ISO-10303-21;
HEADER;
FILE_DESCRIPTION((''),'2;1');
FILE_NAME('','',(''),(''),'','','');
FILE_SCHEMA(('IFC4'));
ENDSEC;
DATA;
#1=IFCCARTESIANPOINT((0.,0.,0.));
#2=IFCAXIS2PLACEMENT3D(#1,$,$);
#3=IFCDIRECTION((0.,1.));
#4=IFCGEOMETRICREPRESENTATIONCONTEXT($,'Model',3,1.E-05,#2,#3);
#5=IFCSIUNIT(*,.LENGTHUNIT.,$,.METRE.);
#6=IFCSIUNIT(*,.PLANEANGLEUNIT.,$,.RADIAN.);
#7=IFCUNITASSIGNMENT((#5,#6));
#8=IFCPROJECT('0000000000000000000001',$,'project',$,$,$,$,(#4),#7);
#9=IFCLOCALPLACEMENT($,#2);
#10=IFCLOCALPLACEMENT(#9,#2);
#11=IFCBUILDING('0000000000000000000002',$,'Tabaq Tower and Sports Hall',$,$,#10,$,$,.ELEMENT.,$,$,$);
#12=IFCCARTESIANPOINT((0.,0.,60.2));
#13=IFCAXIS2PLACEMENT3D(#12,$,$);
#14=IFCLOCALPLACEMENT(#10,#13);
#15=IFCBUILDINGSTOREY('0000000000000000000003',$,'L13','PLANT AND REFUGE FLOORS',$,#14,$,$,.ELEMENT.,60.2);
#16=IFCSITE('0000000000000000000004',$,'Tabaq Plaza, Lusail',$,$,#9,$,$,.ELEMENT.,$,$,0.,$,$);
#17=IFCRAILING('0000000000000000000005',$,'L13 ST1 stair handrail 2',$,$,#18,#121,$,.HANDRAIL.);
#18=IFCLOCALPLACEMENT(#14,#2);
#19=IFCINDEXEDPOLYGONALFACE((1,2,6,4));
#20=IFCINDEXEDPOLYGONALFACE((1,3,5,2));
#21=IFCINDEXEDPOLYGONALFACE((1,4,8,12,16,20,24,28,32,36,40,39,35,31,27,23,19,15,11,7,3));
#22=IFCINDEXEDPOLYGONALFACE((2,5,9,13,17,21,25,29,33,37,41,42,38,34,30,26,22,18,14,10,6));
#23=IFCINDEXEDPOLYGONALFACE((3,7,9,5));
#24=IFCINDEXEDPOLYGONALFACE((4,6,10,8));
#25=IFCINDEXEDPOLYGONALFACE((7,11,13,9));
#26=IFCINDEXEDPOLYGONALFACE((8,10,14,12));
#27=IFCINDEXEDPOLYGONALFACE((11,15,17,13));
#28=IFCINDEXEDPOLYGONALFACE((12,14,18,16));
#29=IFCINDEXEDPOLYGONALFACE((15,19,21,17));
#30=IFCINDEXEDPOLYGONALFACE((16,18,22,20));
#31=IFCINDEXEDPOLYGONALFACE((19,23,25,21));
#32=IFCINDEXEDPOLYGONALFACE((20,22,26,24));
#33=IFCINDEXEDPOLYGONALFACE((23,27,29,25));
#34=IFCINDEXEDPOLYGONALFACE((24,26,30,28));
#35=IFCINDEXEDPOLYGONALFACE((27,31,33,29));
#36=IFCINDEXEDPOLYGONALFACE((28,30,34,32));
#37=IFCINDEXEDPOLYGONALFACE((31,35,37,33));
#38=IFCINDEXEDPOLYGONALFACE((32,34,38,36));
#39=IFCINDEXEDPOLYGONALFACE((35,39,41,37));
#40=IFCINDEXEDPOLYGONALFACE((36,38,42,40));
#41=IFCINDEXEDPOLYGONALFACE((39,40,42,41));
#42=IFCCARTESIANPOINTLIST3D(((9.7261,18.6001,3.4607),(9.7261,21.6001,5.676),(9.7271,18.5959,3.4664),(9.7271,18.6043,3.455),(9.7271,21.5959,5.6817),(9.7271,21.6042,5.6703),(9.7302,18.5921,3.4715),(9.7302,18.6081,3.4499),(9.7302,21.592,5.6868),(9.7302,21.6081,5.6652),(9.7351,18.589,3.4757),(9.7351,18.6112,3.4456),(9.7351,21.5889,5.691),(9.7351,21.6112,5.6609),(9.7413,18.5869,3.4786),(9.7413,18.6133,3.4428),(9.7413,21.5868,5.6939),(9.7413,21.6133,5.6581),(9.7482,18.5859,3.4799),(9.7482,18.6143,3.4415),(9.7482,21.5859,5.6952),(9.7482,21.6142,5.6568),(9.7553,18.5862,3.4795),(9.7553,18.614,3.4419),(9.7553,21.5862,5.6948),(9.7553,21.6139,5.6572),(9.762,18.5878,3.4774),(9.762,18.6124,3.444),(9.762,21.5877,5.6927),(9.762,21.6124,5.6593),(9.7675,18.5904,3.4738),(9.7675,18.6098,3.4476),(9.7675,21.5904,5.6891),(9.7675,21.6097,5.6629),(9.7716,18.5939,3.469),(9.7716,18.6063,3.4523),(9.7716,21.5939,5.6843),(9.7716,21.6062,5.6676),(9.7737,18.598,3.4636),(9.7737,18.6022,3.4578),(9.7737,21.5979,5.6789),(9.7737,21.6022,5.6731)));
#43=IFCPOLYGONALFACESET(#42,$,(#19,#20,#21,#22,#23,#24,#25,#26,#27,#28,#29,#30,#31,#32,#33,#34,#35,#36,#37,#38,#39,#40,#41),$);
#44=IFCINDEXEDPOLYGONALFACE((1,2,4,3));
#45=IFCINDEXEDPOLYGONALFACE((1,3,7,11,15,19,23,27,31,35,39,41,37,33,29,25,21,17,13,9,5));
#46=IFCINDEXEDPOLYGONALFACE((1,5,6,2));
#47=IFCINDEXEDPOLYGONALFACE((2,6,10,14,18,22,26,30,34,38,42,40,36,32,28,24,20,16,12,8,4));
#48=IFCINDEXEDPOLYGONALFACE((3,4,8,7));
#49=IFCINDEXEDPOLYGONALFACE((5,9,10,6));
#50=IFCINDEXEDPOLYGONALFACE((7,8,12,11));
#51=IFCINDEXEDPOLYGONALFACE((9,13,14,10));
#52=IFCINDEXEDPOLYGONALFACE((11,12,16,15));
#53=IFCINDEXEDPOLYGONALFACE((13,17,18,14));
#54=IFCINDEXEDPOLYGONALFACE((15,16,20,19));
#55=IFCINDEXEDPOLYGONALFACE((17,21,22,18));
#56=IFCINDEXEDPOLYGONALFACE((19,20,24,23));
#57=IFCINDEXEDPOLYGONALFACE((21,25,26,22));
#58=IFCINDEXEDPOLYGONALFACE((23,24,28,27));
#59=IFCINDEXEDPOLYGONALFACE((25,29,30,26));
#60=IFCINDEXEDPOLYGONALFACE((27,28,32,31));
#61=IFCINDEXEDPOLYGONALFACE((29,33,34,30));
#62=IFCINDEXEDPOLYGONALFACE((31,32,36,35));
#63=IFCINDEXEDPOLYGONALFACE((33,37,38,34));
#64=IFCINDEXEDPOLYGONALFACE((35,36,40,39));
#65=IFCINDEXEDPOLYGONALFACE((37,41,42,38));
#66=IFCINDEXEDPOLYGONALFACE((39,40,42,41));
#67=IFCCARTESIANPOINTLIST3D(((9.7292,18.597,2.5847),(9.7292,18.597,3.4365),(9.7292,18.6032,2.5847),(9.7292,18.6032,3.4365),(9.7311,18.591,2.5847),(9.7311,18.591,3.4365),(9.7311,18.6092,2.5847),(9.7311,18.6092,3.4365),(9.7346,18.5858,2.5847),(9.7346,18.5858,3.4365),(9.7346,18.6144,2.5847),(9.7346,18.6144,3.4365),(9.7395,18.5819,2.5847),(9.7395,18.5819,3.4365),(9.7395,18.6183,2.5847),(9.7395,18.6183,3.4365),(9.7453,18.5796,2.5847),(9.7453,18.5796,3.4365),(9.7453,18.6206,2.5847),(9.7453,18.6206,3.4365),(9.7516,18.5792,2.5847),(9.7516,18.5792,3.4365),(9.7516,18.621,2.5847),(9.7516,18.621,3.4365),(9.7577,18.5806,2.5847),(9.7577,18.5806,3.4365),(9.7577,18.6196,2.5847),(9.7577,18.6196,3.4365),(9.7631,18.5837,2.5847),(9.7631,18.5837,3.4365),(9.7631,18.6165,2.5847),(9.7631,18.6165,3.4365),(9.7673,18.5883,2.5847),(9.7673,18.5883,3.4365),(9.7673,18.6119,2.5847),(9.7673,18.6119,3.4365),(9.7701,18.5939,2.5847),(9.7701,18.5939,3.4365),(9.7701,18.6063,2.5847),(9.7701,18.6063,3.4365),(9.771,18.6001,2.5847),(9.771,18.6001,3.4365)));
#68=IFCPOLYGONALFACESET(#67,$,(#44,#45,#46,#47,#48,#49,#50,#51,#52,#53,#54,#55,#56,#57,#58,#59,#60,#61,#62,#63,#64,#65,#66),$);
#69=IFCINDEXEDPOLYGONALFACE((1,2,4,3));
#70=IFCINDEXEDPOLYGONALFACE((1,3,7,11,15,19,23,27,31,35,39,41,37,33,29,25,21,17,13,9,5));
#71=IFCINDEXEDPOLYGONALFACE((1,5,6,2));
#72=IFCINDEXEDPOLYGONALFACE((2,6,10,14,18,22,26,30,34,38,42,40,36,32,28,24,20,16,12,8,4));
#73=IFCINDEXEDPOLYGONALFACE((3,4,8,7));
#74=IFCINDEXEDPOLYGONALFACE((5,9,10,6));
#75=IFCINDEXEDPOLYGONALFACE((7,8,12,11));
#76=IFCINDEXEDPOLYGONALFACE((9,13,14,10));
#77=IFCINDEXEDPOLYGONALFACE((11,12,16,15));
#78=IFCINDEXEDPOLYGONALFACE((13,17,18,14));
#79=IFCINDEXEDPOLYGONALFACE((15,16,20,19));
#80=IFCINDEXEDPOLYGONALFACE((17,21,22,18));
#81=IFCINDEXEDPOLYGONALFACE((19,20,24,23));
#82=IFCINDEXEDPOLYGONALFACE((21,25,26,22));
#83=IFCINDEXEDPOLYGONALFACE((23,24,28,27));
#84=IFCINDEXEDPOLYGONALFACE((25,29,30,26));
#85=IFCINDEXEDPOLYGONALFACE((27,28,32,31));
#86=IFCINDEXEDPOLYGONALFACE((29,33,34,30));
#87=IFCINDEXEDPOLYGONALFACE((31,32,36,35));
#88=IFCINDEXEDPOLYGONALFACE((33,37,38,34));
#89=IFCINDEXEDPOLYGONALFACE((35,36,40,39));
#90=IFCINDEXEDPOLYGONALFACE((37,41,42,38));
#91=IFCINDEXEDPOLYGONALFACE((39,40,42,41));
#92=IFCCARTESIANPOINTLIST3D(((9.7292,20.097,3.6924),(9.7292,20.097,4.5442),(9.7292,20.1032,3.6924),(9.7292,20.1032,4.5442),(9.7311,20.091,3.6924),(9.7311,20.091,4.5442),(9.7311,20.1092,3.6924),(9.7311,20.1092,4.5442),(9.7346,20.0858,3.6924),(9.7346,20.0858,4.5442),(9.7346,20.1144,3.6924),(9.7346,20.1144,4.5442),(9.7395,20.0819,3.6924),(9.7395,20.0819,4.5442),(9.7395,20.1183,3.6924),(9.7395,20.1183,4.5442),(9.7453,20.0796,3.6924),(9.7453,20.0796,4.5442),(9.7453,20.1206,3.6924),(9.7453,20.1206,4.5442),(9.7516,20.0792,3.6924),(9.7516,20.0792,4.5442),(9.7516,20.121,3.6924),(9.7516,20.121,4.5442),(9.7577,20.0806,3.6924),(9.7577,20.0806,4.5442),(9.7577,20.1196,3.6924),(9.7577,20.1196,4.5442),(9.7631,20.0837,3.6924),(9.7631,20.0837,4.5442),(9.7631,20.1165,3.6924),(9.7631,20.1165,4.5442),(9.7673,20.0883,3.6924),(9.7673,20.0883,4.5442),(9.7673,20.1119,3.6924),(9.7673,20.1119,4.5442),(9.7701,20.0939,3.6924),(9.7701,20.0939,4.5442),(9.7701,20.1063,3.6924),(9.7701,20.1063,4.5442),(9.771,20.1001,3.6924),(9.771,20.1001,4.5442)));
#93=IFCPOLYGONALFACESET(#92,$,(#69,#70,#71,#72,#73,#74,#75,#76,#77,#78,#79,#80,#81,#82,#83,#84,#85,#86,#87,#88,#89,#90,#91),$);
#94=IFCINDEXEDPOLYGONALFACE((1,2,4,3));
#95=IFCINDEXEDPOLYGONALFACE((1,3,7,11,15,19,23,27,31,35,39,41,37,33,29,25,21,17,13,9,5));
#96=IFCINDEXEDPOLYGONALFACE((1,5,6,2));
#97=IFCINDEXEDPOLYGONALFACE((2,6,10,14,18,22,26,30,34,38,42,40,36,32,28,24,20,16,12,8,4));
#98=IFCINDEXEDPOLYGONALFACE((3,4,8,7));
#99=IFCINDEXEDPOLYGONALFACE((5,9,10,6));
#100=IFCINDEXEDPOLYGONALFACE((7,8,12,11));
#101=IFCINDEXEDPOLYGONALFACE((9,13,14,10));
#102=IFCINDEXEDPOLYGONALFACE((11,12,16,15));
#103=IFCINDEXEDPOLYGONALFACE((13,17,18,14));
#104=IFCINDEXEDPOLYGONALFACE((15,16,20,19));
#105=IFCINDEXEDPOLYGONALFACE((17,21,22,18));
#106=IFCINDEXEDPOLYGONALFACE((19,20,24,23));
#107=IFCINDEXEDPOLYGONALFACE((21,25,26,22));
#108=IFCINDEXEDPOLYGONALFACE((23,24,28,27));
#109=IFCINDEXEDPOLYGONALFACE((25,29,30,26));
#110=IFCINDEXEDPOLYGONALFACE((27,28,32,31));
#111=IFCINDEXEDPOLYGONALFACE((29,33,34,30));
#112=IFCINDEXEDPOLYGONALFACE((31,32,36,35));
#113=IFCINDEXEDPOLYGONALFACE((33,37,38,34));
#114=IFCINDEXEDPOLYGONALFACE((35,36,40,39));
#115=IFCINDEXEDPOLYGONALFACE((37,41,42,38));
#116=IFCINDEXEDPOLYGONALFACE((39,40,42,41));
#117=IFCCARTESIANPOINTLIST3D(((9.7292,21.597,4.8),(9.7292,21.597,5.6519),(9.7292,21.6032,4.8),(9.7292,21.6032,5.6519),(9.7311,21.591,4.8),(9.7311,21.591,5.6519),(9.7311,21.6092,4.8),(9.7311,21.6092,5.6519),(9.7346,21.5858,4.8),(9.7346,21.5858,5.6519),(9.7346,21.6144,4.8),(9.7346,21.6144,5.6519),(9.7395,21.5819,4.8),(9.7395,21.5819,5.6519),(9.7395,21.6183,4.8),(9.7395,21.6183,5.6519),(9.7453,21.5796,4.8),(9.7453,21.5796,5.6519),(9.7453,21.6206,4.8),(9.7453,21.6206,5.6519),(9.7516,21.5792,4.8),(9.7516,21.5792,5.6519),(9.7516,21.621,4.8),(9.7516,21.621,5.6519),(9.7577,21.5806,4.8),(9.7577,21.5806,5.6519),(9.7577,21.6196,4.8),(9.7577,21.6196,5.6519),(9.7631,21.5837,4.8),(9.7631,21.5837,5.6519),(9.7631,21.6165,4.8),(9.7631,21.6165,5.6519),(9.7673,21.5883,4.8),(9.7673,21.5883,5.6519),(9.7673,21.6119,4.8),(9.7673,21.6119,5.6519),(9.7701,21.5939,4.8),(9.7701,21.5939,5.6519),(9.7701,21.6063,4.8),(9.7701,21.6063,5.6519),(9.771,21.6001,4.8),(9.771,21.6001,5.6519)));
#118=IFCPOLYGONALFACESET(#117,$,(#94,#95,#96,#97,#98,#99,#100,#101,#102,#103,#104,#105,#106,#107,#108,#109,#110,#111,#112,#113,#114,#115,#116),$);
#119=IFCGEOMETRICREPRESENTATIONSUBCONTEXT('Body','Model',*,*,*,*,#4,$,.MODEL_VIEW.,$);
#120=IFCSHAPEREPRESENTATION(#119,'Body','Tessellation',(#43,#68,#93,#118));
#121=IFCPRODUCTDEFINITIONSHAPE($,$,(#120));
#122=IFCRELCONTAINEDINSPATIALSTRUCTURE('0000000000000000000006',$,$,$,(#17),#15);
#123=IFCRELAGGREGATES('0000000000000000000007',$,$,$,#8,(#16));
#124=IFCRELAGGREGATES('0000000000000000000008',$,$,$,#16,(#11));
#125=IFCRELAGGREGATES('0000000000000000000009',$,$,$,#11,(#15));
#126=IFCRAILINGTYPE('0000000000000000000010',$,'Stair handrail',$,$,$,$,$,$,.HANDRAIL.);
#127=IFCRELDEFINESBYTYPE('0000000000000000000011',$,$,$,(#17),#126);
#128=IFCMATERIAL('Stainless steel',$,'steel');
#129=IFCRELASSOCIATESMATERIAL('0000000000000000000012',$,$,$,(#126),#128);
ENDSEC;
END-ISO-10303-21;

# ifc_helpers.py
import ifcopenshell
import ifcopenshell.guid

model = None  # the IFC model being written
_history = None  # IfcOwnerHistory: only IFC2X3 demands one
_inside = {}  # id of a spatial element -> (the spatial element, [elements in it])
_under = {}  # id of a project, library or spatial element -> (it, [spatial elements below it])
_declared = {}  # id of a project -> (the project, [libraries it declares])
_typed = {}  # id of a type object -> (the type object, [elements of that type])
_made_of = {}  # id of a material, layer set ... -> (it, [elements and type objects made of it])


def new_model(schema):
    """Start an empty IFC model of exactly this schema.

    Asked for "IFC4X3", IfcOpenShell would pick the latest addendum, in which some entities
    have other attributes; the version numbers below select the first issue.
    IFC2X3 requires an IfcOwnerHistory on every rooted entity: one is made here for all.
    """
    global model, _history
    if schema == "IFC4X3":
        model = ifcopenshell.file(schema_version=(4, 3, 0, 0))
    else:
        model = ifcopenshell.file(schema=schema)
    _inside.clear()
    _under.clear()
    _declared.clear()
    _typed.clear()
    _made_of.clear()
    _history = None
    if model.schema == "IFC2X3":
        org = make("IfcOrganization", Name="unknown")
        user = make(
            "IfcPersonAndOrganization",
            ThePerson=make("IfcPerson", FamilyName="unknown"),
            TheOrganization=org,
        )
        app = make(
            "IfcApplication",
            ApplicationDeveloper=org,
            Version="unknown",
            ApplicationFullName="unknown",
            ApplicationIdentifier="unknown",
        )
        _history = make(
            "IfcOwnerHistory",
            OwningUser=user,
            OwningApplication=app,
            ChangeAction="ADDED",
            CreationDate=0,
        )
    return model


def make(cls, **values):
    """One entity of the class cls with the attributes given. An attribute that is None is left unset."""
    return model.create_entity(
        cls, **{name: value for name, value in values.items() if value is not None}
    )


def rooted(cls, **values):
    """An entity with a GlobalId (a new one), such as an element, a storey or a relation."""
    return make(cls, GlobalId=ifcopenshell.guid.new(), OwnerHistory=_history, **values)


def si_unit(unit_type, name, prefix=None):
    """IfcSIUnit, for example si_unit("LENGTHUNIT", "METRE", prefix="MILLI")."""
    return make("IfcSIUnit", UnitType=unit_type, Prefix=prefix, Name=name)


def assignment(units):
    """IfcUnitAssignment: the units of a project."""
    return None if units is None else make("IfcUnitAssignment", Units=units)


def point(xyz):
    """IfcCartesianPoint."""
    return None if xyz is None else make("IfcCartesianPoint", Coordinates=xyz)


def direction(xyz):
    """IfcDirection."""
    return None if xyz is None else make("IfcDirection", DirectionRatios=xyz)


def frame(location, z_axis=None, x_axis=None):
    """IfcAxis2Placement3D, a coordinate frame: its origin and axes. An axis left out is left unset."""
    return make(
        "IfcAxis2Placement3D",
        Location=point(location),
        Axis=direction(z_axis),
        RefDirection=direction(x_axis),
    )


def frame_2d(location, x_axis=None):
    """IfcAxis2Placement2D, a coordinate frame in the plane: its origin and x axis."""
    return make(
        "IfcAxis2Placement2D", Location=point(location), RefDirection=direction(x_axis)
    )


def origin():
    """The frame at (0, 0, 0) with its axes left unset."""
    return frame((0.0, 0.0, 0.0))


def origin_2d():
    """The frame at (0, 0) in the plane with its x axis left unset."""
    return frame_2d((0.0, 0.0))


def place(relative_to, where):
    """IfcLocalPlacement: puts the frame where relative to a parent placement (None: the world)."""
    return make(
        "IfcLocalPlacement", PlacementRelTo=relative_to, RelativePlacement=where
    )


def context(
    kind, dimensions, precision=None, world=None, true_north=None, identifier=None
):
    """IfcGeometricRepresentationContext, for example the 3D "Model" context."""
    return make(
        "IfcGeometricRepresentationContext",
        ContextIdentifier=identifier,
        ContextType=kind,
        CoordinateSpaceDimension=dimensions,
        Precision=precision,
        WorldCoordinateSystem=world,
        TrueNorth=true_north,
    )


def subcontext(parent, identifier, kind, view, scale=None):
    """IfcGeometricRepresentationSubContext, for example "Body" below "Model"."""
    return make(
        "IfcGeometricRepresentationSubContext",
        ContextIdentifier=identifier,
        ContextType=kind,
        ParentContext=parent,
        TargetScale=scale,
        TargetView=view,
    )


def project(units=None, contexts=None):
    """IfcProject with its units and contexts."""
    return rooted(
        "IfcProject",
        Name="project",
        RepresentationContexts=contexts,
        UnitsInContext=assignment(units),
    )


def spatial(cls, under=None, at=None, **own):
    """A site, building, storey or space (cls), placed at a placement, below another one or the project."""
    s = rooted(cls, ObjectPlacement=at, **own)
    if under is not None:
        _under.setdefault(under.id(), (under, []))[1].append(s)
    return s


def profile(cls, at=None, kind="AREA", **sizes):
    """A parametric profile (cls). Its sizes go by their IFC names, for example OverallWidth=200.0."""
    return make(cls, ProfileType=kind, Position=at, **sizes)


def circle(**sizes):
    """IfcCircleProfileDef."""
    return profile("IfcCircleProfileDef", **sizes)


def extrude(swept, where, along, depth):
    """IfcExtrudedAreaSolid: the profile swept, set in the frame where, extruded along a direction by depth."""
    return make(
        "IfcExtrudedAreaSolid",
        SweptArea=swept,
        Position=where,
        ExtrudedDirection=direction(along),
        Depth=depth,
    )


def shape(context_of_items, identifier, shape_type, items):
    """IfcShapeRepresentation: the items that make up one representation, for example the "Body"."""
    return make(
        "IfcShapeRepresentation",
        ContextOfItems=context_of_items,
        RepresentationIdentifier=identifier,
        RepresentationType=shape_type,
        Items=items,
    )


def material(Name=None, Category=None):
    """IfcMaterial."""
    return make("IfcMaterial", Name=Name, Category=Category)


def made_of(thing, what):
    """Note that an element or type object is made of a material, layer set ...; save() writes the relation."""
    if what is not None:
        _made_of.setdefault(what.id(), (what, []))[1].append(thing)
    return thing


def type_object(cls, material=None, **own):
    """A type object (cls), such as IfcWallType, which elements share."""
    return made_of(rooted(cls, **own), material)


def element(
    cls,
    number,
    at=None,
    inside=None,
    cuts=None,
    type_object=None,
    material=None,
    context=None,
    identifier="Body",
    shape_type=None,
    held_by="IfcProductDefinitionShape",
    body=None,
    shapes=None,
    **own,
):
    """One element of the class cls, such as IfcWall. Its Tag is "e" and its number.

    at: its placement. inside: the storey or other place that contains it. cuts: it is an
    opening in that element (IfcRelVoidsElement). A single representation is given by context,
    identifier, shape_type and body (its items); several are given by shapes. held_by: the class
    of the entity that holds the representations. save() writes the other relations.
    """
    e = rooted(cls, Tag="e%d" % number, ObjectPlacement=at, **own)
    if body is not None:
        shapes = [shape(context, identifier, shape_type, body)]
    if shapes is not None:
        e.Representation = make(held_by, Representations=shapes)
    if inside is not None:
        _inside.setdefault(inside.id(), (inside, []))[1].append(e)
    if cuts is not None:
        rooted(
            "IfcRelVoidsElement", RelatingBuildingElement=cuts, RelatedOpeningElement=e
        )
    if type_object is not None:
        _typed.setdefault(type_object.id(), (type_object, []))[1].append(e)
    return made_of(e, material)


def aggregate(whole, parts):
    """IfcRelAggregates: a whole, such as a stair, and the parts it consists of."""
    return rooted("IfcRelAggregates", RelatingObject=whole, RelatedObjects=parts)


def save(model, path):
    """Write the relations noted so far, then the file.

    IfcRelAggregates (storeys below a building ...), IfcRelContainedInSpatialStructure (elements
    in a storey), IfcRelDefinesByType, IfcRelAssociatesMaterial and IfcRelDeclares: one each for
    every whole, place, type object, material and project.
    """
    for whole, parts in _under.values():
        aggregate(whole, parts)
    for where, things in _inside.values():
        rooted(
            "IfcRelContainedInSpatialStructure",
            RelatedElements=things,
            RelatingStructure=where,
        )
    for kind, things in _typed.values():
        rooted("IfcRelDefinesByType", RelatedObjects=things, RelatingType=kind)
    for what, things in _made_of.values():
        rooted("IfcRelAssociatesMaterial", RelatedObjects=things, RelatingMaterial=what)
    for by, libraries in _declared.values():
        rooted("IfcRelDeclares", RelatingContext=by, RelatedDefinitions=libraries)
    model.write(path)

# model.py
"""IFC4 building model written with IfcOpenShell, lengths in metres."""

from ifc_helpers import new_model, si_unit, direction, frame, origin, origin_2d, place, context, subcontext, project, spatial, circle, extrude, material, type_object, element, save


model = new_model("IFC4")

# Units and contexts
model_context = context("Model", 3, precision=1e-05, world=origin(), true_north=direction((0.0, 1.0)))
body_context = subcontext(model_context, "Body", "Model", "MODEL_VIEW")
ifc_project = project(units=[si_unit("LENGTHUNIT", "METRE"), si_unit("PLANEANGLEUNIT", "RADIAN")], contexts=[model_context])

# Site, building, storey
site_placement = place(None, origin())
site = spatial("IfcSite", under=ifc_project, at=site_placement, Name="Tabaq Plaza, Lusail", CompositionType="ELEMENT", RefElevation=0.0)
building_placement = place(site_placement, origin())
building = spatial("IfcBuilding", under=site, at=building_placement, Name="Tabaq Tower and Sports Hall", CompositionType="ELEMENT")
storey_placement = place(building_placement, frame((0.0, 0.0, 60.2)))
storey = spatial("IfcBuildingStorey", under=building, at=storey_placement, Name="L13", Description="PLANT AND REFUGE FLOORS", CompositionType="ELEMENT", Elevation=60.2)

# Railing
ifc_material_1 = material(Name="Stainless steel", Category="steel")
railing_type_1 = type_object("IfcRailingType", Name="Stair handrail", PredefinedType="HANDRAIL", material=ifc_material_1)
railing_1_placement = place(storey_placement, frame((9.75, 18.6001, 2.5847)))
element("IfcRailing", 1, at=railing_1_placement, inside=storey, type_object=railing_type_1, Name="L13 ST1 stair handrail 2", PredefinedType="HANDRAIL", context=body_context, shape_type="SweptSolid", body=[
    extrude(circle(Radius=0.0239, at=origin_2d()), frame((0.0, 0.0, 0.876), z_axis=(0.0, 0.80444, 0.594034), x_axis=(-1.0, 0.0, 0.0)), (0.0, 0.0, 1.0), 3.7292),
    extrude(circle(Radius=0.021, at=origin_2d()), origin(), (0.0, 0.0, 1.0), 0.8518),
    extrude(circle(Radius=0.021, at=origin_2d()), frame((0.0, 1.5, 1.1077)), (0.0, 0.0, 1.0), 0.8518),
    extrude(circle(Radius=0.021, at=origin_2d()), frame((0.0, 3.0, 2.2153)), (0.0, 0.0, 1.0), 0.8518),
])

save(model, "model.ifc")
